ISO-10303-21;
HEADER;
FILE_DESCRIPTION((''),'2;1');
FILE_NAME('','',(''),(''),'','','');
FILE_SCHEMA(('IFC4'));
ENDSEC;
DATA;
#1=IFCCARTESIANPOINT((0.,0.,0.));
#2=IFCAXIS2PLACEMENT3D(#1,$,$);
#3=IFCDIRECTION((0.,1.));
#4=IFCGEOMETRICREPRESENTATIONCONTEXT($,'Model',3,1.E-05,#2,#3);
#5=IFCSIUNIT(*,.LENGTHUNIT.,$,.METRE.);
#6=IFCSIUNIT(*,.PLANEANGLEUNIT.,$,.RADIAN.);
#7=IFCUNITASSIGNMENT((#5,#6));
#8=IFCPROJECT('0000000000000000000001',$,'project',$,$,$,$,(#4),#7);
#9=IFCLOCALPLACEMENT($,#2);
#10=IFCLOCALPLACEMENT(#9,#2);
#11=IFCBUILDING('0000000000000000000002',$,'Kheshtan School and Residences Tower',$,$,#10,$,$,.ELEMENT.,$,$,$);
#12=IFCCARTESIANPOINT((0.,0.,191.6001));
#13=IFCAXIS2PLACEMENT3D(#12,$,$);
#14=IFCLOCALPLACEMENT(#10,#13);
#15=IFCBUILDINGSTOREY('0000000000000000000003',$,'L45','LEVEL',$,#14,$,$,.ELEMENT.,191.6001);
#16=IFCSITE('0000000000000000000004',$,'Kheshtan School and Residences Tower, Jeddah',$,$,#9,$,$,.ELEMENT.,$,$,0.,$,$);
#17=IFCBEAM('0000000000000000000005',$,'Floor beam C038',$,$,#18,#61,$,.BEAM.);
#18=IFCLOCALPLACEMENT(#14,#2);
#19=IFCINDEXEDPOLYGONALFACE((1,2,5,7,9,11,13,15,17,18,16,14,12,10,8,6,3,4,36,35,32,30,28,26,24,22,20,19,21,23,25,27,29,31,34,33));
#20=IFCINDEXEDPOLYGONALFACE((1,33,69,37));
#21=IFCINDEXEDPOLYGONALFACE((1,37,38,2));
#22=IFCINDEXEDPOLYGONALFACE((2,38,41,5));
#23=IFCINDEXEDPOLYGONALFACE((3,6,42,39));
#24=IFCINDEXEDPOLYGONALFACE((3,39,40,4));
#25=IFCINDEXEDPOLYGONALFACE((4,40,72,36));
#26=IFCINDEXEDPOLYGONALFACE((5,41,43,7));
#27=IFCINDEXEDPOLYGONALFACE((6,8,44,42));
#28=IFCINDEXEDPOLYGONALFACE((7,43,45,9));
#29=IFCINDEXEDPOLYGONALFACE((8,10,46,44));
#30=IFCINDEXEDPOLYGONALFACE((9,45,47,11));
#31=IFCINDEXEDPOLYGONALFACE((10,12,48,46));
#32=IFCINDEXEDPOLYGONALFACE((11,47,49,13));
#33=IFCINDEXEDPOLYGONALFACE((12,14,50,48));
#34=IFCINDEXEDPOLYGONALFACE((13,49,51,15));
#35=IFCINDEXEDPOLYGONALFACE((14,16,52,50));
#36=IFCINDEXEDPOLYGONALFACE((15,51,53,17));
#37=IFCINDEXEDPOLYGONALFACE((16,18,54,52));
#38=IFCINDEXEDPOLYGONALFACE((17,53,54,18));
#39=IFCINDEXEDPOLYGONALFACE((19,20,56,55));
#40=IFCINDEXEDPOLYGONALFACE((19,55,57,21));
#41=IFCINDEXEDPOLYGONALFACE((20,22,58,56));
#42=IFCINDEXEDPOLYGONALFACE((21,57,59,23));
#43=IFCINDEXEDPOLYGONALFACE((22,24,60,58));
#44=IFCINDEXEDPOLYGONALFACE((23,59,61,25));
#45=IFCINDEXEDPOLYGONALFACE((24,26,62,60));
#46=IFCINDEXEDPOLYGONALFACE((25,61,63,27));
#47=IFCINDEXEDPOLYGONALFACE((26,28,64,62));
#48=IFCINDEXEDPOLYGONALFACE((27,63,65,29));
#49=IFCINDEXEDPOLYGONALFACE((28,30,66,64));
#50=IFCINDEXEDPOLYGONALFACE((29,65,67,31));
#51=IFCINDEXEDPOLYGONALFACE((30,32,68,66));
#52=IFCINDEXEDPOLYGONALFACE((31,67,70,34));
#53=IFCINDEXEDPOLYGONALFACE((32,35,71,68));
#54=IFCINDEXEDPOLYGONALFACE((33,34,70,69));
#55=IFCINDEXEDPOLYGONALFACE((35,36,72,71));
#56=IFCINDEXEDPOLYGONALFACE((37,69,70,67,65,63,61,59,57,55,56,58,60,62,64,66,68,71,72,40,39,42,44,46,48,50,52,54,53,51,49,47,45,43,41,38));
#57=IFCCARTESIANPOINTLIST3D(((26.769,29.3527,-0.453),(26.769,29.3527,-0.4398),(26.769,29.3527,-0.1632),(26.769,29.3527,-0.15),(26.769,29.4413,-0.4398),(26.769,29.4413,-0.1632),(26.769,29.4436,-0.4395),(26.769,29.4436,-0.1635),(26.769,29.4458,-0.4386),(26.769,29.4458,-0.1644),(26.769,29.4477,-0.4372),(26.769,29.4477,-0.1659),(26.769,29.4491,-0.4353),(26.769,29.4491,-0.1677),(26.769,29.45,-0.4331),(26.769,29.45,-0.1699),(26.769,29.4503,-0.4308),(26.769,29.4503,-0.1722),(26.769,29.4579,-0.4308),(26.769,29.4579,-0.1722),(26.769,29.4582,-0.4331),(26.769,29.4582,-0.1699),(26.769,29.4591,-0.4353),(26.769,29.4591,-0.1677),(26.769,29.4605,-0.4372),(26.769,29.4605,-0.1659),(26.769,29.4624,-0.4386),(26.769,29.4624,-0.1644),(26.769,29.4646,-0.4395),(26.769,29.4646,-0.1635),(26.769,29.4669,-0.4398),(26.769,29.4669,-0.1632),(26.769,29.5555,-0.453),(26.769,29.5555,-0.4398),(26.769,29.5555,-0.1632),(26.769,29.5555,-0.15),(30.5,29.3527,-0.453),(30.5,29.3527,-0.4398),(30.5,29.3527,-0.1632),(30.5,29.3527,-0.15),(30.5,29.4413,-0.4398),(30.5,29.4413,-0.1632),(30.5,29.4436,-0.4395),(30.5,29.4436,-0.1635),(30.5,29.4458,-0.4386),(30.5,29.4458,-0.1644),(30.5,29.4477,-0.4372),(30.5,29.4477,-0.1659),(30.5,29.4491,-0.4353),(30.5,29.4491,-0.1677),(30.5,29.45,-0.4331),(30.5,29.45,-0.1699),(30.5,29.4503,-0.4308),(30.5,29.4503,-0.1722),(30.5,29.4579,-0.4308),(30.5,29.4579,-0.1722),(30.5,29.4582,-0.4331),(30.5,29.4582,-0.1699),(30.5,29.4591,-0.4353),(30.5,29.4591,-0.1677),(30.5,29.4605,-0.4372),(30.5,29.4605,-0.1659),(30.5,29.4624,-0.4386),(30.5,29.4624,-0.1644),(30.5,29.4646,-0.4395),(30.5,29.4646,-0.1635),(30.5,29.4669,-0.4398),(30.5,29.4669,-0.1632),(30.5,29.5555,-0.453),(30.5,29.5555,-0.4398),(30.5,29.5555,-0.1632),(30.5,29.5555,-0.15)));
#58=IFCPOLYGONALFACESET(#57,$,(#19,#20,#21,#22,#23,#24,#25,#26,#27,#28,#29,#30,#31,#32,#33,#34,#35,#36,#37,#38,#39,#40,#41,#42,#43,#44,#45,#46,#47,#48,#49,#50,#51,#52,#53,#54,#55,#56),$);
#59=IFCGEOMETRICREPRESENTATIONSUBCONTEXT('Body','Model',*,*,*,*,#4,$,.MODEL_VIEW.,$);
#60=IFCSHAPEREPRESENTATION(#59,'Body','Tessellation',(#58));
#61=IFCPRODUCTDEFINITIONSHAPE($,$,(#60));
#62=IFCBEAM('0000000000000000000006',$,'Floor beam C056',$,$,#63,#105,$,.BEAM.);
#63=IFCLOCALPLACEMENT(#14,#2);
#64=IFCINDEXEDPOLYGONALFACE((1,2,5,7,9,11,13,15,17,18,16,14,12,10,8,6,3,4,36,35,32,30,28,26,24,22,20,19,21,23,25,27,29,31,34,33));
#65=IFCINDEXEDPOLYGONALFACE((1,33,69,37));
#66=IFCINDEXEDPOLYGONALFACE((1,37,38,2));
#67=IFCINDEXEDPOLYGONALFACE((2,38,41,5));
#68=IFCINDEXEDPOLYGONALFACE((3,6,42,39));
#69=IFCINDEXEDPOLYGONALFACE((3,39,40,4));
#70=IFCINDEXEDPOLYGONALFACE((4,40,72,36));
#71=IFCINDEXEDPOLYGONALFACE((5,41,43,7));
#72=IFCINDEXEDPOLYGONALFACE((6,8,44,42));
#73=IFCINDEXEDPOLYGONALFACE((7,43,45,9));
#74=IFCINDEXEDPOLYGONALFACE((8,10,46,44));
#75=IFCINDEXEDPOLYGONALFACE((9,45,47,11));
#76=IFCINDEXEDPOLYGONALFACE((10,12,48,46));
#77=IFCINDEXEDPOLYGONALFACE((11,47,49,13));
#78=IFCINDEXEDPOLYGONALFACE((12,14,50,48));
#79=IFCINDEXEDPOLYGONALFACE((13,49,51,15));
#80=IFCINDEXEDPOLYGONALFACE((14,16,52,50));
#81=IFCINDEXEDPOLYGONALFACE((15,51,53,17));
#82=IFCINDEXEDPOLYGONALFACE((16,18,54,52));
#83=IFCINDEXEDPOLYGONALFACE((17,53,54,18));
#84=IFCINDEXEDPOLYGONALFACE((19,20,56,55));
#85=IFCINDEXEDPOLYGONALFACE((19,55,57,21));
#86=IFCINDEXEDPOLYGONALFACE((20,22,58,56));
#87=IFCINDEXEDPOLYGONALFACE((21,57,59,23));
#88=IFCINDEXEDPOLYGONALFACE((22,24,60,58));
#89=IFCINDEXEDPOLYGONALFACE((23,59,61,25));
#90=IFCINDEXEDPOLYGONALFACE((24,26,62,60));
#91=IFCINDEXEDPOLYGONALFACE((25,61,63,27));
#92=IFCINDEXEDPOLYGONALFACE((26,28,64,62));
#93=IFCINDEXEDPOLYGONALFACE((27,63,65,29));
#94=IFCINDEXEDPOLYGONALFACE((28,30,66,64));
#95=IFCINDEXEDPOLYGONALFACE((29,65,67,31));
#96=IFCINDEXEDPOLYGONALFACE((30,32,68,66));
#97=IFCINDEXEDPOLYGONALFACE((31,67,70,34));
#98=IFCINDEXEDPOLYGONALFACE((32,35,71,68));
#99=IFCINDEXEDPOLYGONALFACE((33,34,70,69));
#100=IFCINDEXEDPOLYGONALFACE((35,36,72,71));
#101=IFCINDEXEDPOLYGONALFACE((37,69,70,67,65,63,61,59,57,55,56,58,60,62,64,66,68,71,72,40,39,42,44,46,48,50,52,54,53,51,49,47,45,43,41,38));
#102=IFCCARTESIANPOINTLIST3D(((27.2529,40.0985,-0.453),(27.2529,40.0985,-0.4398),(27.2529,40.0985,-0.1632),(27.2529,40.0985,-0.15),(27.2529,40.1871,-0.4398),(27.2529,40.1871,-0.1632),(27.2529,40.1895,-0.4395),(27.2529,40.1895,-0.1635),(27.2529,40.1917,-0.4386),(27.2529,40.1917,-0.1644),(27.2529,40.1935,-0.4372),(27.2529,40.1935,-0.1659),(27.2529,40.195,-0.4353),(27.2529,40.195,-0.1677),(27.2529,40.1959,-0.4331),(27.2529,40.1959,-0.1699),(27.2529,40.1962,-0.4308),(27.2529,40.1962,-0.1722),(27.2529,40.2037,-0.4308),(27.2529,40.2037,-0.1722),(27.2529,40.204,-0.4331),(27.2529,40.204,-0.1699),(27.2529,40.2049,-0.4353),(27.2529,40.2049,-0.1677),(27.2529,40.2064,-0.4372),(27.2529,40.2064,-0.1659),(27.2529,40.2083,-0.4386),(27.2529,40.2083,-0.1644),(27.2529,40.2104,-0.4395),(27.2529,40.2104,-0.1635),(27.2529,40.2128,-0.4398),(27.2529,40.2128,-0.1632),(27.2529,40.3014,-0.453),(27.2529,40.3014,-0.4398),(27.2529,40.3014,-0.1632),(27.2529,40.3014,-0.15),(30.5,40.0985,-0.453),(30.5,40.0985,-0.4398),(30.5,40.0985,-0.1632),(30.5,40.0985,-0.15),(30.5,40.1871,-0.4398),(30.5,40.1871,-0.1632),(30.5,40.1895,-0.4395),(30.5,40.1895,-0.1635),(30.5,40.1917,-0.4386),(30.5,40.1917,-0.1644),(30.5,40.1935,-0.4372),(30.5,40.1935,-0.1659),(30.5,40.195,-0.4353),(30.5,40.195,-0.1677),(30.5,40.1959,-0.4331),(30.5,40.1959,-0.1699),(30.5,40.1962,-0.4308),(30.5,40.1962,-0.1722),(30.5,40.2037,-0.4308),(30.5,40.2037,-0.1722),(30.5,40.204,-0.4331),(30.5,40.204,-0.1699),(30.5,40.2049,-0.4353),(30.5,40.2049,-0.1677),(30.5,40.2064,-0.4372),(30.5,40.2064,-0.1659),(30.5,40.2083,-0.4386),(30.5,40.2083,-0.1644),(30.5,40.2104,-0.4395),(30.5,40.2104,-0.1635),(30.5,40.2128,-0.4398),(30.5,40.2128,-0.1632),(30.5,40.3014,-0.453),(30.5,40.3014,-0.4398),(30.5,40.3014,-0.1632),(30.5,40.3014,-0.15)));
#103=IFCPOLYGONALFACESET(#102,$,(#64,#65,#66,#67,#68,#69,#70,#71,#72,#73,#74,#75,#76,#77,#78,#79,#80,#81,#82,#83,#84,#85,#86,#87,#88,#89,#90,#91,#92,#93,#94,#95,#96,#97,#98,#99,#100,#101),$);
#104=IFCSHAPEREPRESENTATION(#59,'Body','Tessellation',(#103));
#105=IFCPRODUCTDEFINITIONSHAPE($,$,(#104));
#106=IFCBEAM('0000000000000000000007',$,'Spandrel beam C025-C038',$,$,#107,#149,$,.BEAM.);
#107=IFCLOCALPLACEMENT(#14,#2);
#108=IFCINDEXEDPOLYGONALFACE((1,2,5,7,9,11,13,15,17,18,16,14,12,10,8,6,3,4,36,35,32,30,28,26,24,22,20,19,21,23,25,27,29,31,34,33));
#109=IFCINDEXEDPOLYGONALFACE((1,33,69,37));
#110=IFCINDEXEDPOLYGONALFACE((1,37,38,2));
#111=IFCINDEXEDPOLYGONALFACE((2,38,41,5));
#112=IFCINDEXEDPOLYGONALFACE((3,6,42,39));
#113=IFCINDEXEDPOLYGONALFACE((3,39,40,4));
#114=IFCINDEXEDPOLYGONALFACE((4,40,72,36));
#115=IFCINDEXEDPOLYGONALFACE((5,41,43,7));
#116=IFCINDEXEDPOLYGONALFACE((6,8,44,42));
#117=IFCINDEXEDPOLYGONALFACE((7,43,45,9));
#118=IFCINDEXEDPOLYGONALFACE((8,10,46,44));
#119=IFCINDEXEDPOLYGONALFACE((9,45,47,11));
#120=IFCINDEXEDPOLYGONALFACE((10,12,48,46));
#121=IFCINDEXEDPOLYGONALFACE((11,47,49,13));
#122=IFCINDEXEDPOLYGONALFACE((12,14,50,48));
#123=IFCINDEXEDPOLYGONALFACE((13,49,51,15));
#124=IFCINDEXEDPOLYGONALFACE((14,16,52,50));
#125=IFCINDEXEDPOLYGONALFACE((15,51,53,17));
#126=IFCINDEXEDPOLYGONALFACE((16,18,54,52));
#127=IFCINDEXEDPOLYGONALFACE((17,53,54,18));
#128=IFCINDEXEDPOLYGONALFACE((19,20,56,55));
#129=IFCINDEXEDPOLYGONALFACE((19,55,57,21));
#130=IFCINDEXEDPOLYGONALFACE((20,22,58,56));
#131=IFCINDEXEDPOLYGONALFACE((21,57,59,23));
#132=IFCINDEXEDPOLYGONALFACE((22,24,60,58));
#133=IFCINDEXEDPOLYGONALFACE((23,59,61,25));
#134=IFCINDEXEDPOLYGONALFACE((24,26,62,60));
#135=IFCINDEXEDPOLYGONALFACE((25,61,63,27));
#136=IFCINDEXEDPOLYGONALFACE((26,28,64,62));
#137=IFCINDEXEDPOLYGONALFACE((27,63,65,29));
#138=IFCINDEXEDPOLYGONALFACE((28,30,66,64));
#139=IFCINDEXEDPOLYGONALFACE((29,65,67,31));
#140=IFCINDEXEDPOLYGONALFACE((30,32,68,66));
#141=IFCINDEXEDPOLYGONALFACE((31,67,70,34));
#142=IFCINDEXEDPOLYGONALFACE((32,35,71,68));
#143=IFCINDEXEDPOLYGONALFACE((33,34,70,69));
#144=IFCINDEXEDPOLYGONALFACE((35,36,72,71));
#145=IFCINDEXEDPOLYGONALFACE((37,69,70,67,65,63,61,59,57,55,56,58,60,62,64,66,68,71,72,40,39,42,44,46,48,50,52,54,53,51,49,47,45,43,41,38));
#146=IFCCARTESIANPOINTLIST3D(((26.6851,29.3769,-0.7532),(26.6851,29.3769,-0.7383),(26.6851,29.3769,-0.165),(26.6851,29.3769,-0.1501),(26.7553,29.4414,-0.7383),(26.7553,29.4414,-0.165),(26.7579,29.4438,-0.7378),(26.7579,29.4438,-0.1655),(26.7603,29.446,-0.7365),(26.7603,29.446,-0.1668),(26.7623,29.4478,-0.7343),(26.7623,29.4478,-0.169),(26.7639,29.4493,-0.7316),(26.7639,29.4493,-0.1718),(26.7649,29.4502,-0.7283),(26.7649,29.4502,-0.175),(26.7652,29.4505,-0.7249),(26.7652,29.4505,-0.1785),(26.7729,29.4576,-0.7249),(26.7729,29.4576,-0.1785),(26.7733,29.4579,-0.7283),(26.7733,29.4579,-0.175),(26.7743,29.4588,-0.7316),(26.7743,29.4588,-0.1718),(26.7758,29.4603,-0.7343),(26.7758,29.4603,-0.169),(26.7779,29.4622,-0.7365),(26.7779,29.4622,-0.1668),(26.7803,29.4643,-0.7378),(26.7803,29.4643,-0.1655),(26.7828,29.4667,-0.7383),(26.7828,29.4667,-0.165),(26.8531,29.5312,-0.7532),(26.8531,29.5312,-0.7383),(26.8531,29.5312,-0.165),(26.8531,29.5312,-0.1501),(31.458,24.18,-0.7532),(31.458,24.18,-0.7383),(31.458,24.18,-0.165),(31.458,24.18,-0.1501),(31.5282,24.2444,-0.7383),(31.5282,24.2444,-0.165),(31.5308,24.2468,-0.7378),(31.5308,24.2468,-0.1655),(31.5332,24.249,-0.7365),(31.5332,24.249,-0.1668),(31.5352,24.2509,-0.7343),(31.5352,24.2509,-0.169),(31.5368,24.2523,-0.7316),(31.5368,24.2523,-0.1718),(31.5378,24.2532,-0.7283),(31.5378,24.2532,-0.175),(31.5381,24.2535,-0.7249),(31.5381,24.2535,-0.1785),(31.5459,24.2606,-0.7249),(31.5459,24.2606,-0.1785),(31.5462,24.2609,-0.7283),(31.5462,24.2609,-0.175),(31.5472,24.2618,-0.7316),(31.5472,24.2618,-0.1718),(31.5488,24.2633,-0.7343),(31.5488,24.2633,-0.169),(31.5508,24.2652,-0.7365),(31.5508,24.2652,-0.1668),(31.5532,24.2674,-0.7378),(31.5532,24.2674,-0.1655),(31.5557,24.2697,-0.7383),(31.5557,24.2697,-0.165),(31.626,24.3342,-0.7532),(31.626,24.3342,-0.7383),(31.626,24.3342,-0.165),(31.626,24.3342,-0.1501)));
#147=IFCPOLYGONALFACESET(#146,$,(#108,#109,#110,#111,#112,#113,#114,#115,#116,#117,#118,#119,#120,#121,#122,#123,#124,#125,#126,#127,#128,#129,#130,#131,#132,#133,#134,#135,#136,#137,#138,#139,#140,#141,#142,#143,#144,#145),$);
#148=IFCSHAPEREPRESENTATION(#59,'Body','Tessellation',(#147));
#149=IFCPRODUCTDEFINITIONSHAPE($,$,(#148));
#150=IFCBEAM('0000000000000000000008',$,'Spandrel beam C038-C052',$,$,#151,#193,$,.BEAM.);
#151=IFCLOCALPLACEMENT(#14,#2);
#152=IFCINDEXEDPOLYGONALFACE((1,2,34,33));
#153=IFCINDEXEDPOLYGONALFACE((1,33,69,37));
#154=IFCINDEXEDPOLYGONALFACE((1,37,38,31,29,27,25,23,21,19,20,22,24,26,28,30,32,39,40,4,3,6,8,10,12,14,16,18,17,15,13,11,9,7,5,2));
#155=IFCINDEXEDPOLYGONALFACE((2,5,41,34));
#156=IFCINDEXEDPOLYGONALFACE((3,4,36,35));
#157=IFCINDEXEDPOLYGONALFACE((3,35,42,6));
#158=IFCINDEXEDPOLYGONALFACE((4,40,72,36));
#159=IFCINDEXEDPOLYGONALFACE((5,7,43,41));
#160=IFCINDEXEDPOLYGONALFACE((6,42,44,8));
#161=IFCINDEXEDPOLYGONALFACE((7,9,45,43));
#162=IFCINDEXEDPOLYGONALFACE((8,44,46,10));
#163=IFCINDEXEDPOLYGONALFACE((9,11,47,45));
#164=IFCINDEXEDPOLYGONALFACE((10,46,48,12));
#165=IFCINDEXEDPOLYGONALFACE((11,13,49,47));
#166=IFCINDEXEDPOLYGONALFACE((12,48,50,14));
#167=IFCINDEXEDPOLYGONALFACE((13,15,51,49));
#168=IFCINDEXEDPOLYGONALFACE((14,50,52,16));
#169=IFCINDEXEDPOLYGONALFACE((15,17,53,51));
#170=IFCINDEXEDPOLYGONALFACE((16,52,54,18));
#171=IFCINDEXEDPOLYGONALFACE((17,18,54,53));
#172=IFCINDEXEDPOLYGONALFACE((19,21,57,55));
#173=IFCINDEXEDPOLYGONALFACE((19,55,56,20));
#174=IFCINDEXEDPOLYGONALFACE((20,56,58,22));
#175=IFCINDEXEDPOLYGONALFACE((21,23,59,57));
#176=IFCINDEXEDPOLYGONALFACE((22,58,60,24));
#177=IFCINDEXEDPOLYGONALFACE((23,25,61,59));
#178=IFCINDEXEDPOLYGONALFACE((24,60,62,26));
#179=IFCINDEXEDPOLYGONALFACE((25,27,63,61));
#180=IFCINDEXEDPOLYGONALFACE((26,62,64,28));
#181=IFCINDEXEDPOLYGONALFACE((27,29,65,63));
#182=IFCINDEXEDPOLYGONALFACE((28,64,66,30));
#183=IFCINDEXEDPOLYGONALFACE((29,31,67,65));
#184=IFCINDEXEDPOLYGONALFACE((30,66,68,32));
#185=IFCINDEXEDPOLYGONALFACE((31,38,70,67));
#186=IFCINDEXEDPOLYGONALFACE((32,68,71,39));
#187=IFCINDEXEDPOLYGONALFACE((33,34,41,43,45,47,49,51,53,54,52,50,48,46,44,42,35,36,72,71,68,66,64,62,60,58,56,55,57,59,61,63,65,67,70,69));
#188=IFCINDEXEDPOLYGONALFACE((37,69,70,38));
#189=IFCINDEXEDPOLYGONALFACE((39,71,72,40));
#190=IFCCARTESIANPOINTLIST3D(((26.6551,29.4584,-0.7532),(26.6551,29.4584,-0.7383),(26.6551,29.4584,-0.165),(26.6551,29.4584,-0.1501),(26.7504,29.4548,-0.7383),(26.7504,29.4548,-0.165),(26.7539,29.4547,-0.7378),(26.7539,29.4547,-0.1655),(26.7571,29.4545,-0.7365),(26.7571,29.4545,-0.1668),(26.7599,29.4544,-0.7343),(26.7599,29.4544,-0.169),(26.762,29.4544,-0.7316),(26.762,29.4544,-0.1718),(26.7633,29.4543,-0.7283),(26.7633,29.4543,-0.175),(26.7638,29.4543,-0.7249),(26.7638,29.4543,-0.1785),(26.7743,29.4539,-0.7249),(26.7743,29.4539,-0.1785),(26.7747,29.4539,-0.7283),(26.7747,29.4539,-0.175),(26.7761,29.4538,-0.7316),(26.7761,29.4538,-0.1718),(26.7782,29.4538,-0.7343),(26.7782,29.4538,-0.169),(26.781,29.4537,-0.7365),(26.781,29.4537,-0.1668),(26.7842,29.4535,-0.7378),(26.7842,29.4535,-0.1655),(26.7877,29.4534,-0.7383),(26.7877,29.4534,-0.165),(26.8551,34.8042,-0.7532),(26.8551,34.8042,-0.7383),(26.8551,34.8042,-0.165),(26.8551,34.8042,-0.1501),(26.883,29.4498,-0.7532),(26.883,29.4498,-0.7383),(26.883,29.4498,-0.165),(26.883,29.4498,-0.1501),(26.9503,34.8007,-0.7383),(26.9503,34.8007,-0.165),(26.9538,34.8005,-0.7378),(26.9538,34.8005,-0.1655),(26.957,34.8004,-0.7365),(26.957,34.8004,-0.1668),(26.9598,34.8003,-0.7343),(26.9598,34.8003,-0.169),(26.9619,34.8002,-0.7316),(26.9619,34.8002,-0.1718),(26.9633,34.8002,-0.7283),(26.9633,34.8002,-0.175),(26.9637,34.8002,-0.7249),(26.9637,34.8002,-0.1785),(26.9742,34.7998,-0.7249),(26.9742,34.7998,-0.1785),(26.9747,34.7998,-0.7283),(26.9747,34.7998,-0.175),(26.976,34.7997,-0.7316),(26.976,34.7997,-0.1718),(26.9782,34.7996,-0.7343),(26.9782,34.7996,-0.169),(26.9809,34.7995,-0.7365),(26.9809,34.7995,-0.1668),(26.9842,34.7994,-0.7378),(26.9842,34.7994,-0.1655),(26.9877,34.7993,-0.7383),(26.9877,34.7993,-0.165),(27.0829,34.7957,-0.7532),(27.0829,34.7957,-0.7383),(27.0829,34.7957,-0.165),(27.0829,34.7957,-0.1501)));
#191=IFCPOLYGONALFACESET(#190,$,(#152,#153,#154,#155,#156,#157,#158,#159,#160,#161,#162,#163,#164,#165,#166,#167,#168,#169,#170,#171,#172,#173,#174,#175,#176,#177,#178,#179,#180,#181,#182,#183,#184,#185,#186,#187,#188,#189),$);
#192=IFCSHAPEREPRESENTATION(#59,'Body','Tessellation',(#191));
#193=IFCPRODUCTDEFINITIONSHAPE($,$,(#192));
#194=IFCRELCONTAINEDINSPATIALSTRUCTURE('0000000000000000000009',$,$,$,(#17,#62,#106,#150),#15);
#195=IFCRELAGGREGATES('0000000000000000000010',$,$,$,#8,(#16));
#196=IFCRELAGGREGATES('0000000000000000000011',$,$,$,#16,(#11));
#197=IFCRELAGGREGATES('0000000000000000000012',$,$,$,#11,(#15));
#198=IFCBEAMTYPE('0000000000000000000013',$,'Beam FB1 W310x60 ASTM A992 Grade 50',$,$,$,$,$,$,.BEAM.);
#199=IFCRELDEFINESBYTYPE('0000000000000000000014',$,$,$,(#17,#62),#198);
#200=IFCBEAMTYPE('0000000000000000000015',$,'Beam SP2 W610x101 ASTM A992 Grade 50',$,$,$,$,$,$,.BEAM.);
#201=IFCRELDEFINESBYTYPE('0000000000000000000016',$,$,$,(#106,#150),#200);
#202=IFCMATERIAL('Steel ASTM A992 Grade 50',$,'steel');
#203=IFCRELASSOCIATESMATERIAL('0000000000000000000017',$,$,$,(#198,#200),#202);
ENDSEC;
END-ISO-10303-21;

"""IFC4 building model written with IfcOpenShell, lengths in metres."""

from ifc_helpers import new_model, si_unit, direction, frame, origin, origin_2d, place, context, subcontext, project, spatial, i_section, extrude, material, material_profile, profile_set, type_object, element, save


model = new_model("IFC4")

# Units and contexts
model_context = context("Model", 3, precision=1e-05, world=origin(), true_north=direction((0.0, 1.0)))
body_context = subcontext(model_context, "Body", "Model", "MODEL_VIEW")
ifc_project = project(units=[si_unit("LENGTHUNIT", "METRE"), si_unit("PLANEANGLEUNIT", "RADIAN")], contexts=[model_context])

# Site, building, storey
site_placement = place(None, origin())
site = spatial("IfcSite", under=ifc_project, at=site_placement, Name="Kheshtan School and Residences Tower, Jeddah", CompositionType="ELEMENT", RefElevation=0.0)
building_placement = place(site_placement, origin())
building = spatial("IfcBuilding", under=site, at=building_placement, Name="Kheshtan School and Residences Tower", CompositionType="ELEMENT")
storey_placement = place(building_placement, frame((0.0, 0.0, 191.6001)))
storey = spatial("IfcBuildingStorey", under=building, at=storey_placement, Name="L45", Description="LEVEL", CompositionType="ELEMENT", Elevation=191.6001)

# Shared definitions
ifc_material_1 = material(Name="Steel ASTM A992 Grade 50", Category="steel")

# Beams
ifc_material_profile_1 = material_profile(ifc_material_1, i_section(OverallWidth=0.2029, OverallDepth=0.303, WebThickness=0.0076, FlangeThickness=0.0132, FilletRadius=0.009, at=origin_2d()), Name="W310x60")
ifc_profile_set_1 = profile_set([ifc_material_profile_1], Name="Steel ASTM A992 Grade 50")
beam_type_1 = type_object("IfcBeamType", Name="Beam FB1 W310x60 ASTM A992 Grade 50", PredefinedType="BEAM", material=ifc_profile_set_1)
beam_1_placement = place(storey_placement, frame((26.769, 29.4541, -0.3015), z_axis=(1.0, 0.0, 0.0), x_axis=(0.0, 1.0, 0.0)))
element("IfcBeam", 1, at=beam_1_placement, inside=storey, type_object=beam_type_1, Name="Floor beam C038", PredefinedType="BEAM", context=body_context, shape_type="SweptSolid", body=[
    extrude(i_section(OverallWidth=0.2029, OverallDepth=0.303, WebThickness=0.0076, FlangeThickness=0.0132, FilletRadius=0.009, at=origin_2d()), origin(), (0.0, 0.0, 1.0), 3.731),
])
beam_2_placement = place(storey_placement, frame((27.2529, 40.2, -0.3015), z_axis=(1.0, 0.0, 0.0), x_axis=(0.0, 1.0, 0.0)))
element("IfcBeam", 2, at=beam_2_placement, inside=storey, type_object=beam_type_1, Name="Floor beam C056", PredefinedType="BEAM", context=body_context, shape_type="SweptSolid", body=[
    extrude(i_section(OverallWidth=0.2029, OverallDepth=0.303, WebThickness=0.0076, FlangeThickness=0.0132, FilletRadius=0.009, at=origin_2d()), origin(), (0.0, 0.0, 1.0), 3.2471),
])
ifc_material_profile_2 = material_profile(ifc_material_1, i_section(OverallWidth=0.228, OverallDepth=0.603, WebThickness=0.0105, FlangeThickness=0.0149, FilletRadius=0.0134, at=origin_2d()), Name="W610x101")
ifc_profile_set_2 = profile_set([ifc_material_profile_2], Name="Steel ASTM A992 Grade 50")
beam_type_2 = type_object("IfcBeamType", Name="Beam SP2 W610x101 ASTM A992 Grade 50", PredefinedType="BEAM", material=ifc_profile_set_2)
beam_3_placement = place(storey_placement, frame((31.542, 24.2571, -0.4517), z_axis=(-0.676418, 0.736518, 0.0), x_axis=(-0.736518, -0.676418, 0.0)))
element("IfcBeam", 3, at=beam_3_placement, inside=storey, type_object=beam_type_2, Name="Spandrel beam C025-C038", PredefinedType="BEAM", context=body_context, shape_type="SweptSolid", body=[
    extrude(i_section(OverallWidth=0.228, OverallDepth=0.603, WebThickness=0.0105, FlangeThickness=0.0149, FilletRadius=0.0134, at=origin_2d()), origin(), (0.0, 0.0, 1.0), 7.0562),
])
beam_4_placement = place(storey_placement, frame((26.769, 29.4541, -0.4517), z_axis=(0.037376, 0.999301, 0.0), x_axis=(-0.999301, 0.037376, 0.0)))
element("IfcBeam", 4, at=beam_4_placement, inside=storey, type_object=beam_type_2, Name="Spandrel beam C038-C052", PredefinedType="BEAM", context=body_context, shape_type="SweptSolid", body=[
    extrude(i_section(OverallWidth=0.228, OverallDepth=0.603, WebThickness=0.0105, FlangeThickness=0.0149, FilletRadius=0.0134, at=origin_2d()), origin(), (0.0, 0.0, 1.0), 5.3496),
])

save(model, "model.ifc")
